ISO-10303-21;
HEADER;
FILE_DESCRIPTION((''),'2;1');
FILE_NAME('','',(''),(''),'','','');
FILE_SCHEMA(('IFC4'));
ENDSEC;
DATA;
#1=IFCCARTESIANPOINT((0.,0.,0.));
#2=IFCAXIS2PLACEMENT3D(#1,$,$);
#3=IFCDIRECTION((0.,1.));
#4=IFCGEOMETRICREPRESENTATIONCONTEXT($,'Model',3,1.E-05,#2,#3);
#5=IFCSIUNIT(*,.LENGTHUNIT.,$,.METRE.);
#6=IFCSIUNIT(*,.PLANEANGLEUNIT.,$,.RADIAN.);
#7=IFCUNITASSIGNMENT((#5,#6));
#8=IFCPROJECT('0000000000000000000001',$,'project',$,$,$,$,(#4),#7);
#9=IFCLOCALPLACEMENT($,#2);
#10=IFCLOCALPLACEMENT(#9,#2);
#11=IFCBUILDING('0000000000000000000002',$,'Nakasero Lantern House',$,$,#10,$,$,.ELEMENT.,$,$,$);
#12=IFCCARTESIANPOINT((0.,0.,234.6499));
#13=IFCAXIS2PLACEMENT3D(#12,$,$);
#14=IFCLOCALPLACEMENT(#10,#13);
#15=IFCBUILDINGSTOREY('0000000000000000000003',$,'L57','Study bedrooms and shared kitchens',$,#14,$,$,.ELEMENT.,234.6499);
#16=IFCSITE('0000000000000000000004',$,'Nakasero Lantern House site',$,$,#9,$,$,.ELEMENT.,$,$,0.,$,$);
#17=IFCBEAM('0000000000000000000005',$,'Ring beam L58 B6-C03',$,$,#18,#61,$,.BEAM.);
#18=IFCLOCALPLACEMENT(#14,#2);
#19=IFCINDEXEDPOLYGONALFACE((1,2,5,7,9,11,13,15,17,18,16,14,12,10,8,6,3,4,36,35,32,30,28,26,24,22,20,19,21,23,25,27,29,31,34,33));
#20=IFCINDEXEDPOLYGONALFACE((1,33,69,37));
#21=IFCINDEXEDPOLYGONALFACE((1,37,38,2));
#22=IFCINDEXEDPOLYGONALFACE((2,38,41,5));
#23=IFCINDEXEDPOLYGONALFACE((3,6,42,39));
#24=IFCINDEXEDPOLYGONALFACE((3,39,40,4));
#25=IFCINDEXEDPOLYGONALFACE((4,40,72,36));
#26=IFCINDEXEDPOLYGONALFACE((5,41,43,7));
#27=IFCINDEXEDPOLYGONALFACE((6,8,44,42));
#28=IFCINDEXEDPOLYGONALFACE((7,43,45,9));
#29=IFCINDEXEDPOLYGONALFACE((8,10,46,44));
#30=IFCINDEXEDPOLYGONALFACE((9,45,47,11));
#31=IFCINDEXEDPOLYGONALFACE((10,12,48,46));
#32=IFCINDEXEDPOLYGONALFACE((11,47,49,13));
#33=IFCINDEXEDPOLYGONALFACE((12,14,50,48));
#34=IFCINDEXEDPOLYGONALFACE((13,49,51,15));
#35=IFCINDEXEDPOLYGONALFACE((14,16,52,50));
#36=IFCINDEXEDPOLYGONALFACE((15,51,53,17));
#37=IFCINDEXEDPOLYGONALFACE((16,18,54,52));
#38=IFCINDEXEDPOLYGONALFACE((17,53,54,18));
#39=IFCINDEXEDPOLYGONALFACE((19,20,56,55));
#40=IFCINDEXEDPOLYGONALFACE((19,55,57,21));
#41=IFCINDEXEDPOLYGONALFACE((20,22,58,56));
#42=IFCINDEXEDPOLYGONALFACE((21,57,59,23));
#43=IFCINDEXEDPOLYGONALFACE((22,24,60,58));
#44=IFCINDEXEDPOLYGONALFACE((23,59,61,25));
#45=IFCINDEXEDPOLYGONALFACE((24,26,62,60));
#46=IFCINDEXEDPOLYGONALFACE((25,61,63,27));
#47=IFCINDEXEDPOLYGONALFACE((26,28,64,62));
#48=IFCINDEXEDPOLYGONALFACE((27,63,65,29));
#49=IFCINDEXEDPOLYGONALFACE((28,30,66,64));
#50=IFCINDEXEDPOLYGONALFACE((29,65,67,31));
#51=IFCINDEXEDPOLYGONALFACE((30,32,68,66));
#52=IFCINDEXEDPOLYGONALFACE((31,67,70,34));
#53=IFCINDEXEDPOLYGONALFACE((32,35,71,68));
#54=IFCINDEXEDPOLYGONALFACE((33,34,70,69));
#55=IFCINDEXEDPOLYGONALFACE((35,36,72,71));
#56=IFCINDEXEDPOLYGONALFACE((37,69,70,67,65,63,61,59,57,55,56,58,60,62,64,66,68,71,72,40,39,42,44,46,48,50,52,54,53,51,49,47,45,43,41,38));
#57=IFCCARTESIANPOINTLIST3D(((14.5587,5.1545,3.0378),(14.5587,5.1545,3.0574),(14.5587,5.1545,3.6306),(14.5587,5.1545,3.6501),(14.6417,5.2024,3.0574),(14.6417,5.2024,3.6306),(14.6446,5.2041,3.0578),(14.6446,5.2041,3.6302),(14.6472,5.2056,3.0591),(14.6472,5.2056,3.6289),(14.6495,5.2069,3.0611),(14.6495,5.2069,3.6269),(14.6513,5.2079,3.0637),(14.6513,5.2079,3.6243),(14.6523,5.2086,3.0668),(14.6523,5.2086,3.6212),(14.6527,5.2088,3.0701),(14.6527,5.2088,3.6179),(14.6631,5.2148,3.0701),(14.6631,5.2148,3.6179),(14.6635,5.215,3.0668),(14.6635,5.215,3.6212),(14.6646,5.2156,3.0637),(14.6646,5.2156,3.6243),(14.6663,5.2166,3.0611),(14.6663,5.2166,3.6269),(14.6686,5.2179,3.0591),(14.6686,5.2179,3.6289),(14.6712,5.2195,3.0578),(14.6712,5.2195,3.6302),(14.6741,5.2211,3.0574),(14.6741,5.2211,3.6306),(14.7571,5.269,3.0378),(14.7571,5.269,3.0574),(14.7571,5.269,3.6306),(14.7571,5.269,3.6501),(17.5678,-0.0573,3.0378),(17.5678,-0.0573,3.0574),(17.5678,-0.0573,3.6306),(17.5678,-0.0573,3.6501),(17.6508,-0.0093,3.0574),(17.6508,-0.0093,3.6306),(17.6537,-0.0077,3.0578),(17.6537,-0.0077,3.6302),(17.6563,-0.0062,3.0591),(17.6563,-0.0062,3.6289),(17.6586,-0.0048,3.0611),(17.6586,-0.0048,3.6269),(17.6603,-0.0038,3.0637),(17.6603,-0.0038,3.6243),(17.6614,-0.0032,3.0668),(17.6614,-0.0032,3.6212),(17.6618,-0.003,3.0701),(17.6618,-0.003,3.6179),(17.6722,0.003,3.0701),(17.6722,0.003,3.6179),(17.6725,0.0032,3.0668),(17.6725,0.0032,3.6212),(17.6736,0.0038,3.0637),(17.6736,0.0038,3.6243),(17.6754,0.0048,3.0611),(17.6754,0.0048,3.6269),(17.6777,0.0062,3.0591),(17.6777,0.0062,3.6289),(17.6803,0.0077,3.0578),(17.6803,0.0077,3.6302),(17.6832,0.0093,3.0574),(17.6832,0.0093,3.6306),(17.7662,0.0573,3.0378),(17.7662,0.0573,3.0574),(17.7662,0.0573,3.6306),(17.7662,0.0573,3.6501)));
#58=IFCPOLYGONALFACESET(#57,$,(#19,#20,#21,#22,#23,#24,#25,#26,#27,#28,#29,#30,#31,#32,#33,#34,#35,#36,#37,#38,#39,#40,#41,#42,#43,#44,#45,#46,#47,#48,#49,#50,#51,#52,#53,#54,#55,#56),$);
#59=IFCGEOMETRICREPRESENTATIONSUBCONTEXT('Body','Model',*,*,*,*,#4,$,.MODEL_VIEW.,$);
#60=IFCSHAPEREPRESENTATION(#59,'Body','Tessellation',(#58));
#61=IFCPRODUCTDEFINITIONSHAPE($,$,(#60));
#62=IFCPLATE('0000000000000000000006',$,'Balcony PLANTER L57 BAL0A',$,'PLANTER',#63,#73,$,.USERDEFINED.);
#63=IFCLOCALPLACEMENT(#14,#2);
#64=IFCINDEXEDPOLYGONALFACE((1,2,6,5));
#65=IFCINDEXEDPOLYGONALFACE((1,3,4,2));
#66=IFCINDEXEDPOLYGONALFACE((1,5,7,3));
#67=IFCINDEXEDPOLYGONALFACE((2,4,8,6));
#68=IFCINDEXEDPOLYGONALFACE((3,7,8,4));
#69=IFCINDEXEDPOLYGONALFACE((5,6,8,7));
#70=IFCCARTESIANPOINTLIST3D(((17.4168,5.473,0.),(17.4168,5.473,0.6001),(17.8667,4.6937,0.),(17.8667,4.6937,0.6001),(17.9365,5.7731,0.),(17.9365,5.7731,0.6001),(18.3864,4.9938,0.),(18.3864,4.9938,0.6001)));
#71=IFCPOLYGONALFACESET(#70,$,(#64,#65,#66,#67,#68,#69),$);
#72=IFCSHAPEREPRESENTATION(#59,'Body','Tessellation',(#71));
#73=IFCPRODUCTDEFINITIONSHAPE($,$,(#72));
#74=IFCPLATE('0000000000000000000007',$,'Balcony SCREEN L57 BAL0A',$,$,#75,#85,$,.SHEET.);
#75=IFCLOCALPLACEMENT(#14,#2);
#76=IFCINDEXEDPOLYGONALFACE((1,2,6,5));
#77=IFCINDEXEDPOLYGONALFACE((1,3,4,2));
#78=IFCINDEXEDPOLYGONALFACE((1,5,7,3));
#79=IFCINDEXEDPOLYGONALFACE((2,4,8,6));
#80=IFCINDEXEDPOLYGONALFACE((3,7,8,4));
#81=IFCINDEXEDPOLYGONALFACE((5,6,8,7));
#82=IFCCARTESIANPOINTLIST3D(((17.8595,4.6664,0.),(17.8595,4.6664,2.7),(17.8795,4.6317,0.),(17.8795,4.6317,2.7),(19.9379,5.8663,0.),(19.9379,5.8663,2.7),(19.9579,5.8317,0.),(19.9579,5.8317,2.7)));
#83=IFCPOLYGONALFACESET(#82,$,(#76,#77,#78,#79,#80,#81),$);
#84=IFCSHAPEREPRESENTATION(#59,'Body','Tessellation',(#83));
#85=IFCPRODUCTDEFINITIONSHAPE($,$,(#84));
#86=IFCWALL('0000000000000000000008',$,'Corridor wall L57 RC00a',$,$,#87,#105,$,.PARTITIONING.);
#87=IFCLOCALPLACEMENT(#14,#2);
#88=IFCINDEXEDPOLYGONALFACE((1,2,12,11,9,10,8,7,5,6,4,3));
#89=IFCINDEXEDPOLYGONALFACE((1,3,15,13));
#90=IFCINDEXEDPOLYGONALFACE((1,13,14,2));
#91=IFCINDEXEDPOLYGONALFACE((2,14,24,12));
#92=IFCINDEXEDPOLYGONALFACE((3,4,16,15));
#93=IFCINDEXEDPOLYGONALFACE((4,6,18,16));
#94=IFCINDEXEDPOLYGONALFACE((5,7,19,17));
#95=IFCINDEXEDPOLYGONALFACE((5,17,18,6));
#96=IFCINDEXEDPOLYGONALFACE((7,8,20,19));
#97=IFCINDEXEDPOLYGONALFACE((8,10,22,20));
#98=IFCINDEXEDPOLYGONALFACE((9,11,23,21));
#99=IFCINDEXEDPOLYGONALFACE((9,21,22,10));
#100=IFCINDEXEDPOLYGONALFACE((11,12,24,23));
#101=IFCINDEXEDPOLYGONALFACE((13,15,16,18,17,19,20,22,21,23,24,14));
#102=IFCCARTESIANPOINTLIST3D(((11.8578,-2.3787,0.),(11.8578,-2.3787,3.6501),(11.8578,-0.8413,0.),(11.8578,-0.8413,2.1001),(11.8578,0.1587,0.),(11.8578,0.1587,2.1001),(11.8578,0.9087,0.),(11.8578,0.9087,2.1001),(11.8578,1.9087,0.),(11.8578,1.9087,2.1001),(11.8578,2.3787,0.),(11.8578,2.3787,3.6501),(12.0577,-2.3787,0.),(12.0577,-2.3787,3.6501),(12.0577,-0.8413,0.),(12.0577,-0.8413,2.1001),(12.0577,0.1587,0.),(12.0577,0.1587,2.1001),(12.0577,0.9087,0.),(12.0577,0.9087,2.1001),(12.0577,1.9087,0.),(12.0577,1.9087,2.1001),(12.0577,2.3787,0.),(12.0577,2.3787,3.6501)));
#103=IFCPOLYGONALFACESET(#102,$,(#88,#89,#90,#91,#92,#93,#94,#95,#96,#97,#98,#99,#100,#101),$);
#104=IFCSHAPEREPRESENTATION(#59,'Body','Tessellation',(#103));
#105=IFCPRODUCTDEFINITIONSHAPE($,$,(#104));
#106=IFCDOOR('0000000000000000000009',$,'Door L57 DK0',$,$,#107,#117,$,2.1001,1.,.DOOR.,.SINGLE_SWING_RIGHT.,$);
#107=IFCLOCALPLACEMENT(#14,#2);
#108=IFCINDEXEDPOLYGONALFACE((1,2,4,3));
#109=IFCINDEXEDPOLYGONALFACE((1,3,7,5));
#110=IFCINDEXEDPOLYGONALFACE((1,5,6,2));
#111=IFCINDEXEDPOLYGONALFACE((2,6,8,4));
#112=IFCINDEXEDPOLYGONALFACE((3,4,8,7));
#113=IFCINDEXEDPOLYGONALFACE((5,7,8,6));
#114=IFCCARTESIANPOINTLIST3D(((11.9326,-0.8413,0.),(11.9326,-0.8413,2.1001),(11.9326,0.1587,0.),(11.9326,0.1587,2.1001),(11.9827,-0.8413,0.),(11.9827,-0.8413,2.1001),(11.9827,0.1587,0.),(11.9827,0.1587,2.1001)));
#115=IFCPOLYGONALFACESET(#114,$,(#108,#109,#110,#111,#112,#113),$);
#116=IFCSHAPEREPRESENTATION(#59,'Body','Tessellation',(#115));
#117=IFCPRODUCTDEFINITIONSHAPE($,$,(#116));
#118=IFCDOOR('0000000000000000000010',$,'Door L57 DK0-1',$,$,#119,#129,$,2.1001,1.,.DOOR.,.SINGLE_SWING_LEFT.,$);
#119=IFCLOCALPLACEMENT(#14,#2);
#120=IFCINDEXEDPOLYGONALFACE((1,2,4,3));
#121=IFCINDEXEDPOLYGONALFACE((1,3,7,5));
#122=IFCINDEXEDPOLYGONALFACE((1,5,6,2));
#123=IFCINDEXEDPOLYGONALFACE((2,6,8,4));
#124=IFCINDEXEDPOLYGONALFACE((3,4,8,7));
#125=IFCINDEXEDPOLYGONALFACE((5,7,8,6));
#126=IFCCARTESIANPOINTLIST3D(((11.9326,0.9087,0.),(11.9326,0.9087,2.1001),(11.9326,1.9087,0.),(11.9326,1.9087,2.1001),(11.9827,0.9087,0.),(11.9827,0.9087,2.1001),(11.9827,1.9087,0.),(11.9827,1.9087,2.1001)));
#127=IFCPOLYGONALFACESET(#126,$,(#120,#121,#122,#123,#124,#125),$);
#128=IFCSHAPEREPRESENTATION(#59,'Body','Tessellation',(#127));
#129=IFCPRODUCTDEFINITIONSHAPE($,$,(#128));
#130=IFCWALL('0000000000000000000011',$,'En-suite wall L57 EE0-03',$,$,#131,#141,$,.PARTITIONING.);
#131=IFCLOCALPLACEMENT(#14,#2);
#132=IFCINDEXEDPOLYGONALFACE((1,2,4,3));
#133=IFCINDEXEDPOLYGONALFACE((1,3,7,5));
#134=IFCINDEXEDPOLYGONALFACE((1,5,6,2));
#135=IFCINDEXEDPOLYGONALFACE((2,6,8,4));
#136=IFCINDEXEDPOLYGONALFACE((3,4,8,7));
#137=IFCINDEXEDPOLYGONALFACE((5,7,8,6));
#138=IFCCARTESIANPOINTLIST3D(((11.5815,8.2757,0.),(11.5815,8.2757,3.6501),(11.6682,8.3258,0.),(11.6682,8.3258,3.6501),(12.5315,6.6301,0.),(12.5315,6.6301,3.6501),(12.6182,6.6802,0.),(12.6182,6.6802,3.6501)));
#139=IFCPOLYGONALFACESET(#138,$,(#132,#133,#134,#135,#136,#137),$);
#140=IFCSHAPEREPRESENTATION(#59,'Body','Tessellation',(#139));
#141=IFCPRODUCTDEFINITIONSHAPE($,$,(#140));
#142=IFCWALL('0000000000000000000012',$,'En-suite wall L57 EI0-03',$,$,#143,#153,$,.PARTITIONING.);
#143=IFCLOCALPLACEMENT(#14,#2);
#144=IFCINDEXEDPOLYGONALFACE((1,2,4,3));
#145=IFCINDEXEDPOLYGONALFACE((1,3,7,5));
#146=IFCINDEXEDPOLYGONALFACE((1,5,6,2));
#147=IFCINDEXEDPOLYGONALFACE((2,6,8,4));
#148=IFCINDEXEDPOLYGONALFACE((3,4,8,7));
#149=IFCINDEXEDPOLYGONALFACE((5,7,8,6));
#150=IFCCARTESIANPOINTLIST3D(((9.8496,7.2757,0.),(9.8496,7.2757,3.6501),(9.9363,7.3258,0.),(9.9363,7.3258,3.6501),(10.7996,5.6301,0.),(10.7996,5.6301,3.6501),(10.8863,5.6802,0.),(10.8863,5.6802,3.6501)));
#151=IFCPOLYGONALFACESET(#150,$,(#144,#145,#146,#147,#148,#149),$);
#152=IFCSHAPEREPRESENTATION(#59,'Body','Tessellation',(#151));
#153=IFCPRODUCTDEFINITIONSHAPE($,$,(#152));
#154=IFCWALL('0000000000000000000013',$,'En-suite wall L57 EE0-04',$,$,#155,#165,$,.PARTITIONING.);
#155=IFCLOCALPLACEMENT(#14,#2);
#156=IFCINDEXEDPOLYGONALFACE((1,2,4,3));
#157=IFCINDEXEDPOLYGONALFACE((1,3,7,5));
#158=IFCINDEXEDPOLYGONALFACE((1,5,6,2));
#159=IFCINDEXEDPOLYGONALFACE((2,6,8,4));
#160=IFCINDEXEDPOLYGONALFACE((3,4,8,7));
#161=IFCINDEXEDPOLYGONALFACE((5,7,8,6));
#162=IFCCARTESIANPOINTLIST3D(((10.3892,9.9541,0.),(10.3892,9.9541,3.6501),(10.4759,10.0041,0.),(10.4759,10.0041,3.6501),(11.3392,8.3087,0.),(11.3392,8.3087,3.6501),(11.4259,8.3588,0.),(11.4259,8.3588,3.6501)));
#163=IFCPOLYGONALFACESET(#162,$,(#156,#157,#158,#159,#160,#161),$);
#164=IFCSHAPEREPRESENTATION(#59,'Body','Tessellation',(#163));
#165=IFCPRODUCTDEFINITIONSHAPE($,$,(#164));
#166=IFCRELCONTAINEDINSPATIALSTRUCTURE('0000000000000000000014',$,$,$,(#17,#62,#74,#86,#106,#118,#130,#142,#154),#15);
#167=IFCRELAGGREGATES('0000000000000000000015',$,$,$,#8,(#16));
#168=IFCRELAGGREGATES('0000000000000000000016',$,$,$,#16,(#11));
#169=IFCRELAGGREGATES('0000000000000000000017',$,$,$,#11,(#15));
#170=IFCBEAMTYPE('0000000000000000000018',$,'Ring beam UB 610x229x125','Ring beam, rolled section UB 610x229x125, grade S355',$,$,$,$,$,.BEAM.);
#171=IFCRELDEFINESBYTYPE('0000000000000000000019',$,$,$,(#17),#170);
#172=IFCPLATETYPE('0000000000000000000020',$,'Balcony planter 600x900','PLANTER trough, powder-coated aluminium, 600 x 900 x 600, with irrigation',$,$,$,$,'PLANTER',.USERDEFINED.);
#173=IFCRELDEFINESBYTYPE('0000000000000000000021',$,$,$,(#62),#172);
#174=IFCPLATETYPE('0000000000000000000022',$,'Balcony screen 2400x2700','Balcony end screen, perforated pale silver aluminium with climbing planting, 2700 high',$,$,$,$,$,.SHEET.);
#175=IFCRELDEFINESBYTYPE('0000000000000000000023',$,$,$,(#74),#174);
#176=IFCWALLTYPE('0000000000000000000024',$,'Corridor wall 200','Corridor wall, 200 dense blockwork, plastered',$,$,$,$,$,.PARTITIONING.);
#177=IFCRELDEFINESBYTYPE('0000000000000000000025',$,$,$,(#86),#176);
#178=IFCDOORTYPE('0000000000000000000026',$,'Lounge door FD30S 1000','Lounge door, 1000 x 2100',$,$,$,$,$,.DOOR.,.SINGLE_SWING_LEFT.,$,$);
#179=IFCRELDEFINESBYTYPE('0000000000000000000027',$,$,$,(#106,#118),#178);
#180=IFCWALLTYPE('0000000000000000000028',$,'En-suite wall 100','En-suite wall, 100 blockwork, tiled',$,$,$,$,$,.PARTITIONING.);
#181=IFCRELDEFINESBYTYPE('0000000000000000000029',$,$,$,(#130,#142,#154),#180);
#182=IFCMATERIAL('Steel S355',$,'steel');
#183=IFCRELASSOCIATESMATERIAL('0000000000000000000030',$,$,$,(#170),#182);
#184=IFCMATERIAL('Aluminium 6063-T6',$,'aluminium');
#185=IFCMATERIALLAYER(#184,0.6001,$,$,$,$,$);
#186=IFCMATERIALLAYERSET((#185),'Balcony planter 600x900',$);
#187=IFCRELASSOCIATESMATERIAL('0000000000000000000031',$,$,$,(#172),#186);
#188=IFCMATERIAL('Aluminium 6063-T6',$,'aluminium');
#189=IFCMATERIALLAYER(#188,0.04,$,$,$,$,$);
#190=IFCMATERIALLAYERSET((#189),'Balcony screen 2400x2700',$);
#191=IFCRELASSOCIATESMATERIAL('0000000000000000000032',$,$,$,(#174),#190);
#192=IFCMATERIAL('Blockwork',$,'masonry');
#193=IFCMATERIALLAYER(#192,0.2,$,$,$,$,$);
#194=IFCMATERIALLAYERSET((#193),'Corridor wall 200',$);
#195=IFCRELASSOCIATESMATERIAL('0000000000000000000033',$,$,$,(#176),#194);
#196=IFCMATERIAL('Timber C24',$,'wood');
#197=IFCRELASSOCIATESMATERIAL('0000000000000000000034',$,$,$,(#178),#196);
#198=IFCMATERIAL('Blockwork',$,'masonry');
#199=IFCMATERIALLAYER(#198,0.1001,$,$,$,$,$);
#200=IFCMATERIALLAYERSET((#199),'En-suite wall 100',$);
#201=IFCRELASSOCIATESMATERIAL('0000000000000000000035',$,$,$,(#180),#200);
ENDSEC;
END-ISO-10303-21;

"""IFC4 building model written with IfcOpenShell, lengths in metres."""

from ifc_helpers import new_model, si_unit, direction, frame, frame_2d, origin, origin_2d, place, context, subcontext, project, spatial, rectangle, i_section, extrude, material, layer, layer_set, material_profile, profile_set, type_object, element, fill, save


model = new_model("IFC4")

# Units and contexts
model_context = context("Model", 3, precision=1e-05, world=origin(), true_north=direction((0.0, 1.0)))
body_context = subcontext(model_context, "Body", "Model", "MODEL_VIEW")
ifc_project = project(units=[si_unit("LENGTHUNIT", "METRE"), si_unit("PLANEANGLEUNIT", "RADIAN")], contexts=[model_context])

# Site, building, storey
site_placement = place(None, origin())
site = spatial("IfcSite", under=ifc_project, at=site_placement, Name="Nakasero Lantern House site", CompositionType="ELEMENT", RefElevation=0.0)
building_placement = place(site_placement, origin())
building = spatial("IfcBuilding", under=site, at=building_placement, Name="Nakasero Lantern House", CompositionType="ELEMENT")
storey_placement = place(building_placement, frame((0.0, 0.0, 234.6499)))
storey = spatial("IfcBuildingStorey", under=building, at=storey_placement, Name="L57", Description="Study bedrooms and shared kitchens", CompositionType="ELEMENT", Elevation=234.6499)

# Beam
ifc_material_1 = material(Name="Steel S355", Category="steel")
ifc_material_profile_1 = material_profile(ifc_material_1, i_section(OverallWidth=0.229, OverallDepth=0.6123, WebThickness=0.012, FlangeThickness=0.0195, FilletRadius=0.0127, at=origin_2d()), Name="UB 610x229x125")
ifc_profile_set_1 = profile_set([ifc_material_profile_1], Name="Steel S355")
beam_type_1 = type_object("IfcBeamType", Name="Ring beam UB 610x229x125", Description="Ring beam, rolled section UB 610x229x125, grade S355", PredefinedType="BEAM", material=ifc_profile_set_1)
beam_1_placement = place(storey_placement, frame((17.667, 0.0, 3.344), z_axis=(-0.500009, 0.86602, 0.0), x_axis=(-0.86602, -0.500009, 0.0)))
element("IfcBeam", 1, at=beam_1_placement, inside=storey, type_object=beam_type_1, Name="Ring beam L58 B6-C03", PredefinedType="BEAM", context=body_context, shape_type="SweptSolid", body=[
    extrude(i_section(OverallWidth=0.229, OverallDepth=0.6123, WebThickness=0.012, FlangeThickness=0.0195, FilletRadius=0.0127, at=origin_2d()), origin(), (0.0, 0.0, 1.0), 6.0181),
])

# Plates
ifc_material_2 = material(Name="Aluminium 6063-T6", Category="aluminium")
ifc_layer_1 = layer(ifc_material_2, 0.6001)
ifc_layer_set_1 = layer_set([ifc_layer_1], Name="Balcony planter 600x900")
plate_type_1 = type_object("IfcPlateType", Name="Balcony planter 600x900", Description="PLANTER trough, powder-coated aluminium, 600 x 900 x 600, with irrigation", ElementType="PLANTER", PredefinedType="USERDEFINED", material=ifc_layer_set_1)
plate_1_placement = place(storey_placement, frame((17.9016, 5.2334, 0.0), z_axis=(0.0, 0.0, 1.0), x_axis=(0.866025, 0.5, 0.0)))
element("IfcPlate", 2, at=plate_1_placement, inside=storey, type_object=plate_type_1, Name="Balcony PLANTER L57 BAL0A", ObjectType="PLANTER", PredefinedType="USERDEFINED", context=body_context, shape_type="SweptSolid", body=[
    extrude(rectangle(XDim=0.6001, YDim=0.8999, at=origin_2d()), origin(), (0.0, 0.0, 1.0), 0.6001),
])
ifc_material_3 = material(Name="Aluminium 6063-T6", Category="aluminium")
ifc_layer_2 = layer(ifc_material_3, 0.04)
ifc_layer_set_2 = layer_set([ifc_layer_2], Name="Balcony screen 2400x2700")
plate_type_2 = type_object("IfcPlateType", Name="Balcony screen 2400x2700", Description="Balcony end screen, perforated pale silver aluminium with climbing planting, 2700 high", PredefinedType="SHEET", material=ifc_layer_set_2)
plate_2_placement = place(storey_placement, frame((18.9087, 5.249, 0.0), z_axis=(0.0, 0.0, 1.0), x_axis=(0.866025, 0.5, 0.0)))
element("IfcPlate", 3, at=plate_2_placement, inside=storey, type_object=plate_type_2, Name="Balcony SCREEN L57 BAL0A", PredefinedType="SHEET", context=body_context, shape_type="SweptSolid", body=[
    extrude(rectangle(XDim=2.3999, YDim=0.04, at=origin_2d()), origin(), (0.0, 0.0, 1.0), 2.7),
])

# Wall, openings, doors
ifc_material_4 = material(Name="Blockwork", Category="masonry")
ifc_layer_3 = layer(ifc_material_4, 0.2)
ifc_layer_set_3 = layer_set([ifc_layer_3], Name="Corridor wall 200")
wall_type_1 = type_object("IfcWallType", Name="Corridor wall 200", Description="Corridor wall, 200 dense blockwork, plastered", PredefinedType="PARTITIONING", material=ifc_layer_set_3)
wall_1_placement = place(storey_placement, frame((11.9578, 2.3787, 0.0), z_axis=(0.0, 0.0, 1.0), x_axis=(0.0, -1.0, 0.0)))
wall_1 = element("IfcWall", 4, at=wall_1_placement, inside=storey, type_object=wall_type_1, Name="Corridor wall L57 RC00a", PredefinedType="PARTITIONING", context=body_context, shape_type="SweptSolid", body=[
    extrude(rectangle(XDim=4.7573, YDim=0.2, at=frame_2d((2.3787, 0.0))), origin(), (0.0, 0.0, 1.0), 3.6501),
])
opening_1_placement = place(wall_1_placement, frame((2.22, 0.0, 0.0)))
opening_1 = element("IfcOpeningElement", 5, at=opening_1_placement, cuts=wall_1, PredefinedType="OPENING", context=body_context, shape_type="SweptSolid", body=[
    extrude(rectangle(XDim=1.0, YDim=2.1001, at=frame_2d((0.5, 1.05))), frame((0.0, 0.1199, 0.0), z_axis=(0.0, -1.0, 0.0), x_axis=(1.0, 0.0, 0.0)), (0.0, 0.0, 1.0), 0.24),
])
opening_2_placement = place(wall_1_placement, frame((0.47, 0.0, 0.0)))
opening_2 = element("IfcOpeningElement", 6, at=opening_2_placement, cuts=wall_1, PredefinedType="OPENING", context=body_context, shape_type="SweptSolid", body=[
    extrude(rectangle(XDim=1.0, YDim=2.1001, at=frame_2d((0.5, 1.05))), frame((0.0, 0.1199, 0.0), z_axis=(0.0, -1.0, 0.0), x_axis=(1.0, 0.0, 0.0)), (0.0, 0.0, 1.0), 0.24),
])
ifc_material_5 = material(Name="Timber C24", Category="wood")
door_type_1 = type_object("IfcDoorType", Name="Lounge door FD30S 1000", Description="Lounge door, 1000 x 2100", OperationType="SINGLE_SWING_LEFT", PredefinedType="DOOR", material=ifc_material_5)
door_1_placement = place(opening_1_placement, origin())
door_1 = element("IfcDoor", 7, at=door_1_placement, inside=storey, type_object=door_type_1, Name="Door L57 DK0", OperationType="SINGLE_SWING_RIGHT", OverallHeight=2.1001, OverallWidth=1.0, PredefinedType="DOOR", context=body_context, shape_type="SweptSolid", body=[
    extrude(rectangle(XDim=1.0, YDim=2.1001, at=frame_2d((0.5, 1.05))), frame((0.0, 0.0249, 0.0), z_axis=(0.0, -1.0, 0.0), x_axis=(1.0, 0.0, 0.0)), (0.0, 0.0, 1.0), 0.05),
])
fill(opening_1, door_1)
door_2_placement = place(opening_2_placement, origin())
door_2 = element("IfcDoor", 8, at=door_2_placement, inside=storey, type_object=door_type_1, Name="Door L57 DK0-1", OperationType="SINGLE_SWING_LEFT", OverallHeight=2.1001, OverallWidth=1.0, PredefinedType="DOOR", context=body_context, shape_type="SweptSolid", body=[
    extrude(rectangle(XDim=1.0, YDim=2.1001, at=frame_2d((0.5, 1.05))), frame((0.0, 0.0249, 0.0), z_axis=(0.0, -1.0, 0.0), x_axis=(1.0, 0.0, 0.0)), (0.0, 0.0, 1.0), 0.05),
])
fill(opening_2, door_2)

# Walls
ifc_material_6 = material(Name="Blockwork", Category="masonry")
ifc_layer_4 = layer(ifc_material_6, 0.1001)
ifc_layer_set_4 = layer_set([ifc_layer_4], Name="En-suite wall 100")
wall_type_2 = type_object("IfcWallType", Name="En-suite wall 100", Description="En-suite wall, 100 blockwork, tiled", PredefinedType="PARTITIONING", material=ifc_layer_set_4)
for number, where, z_axis, x_axis, name in (
    (9, (12.575, 6.655, 0.0), (0.0, 0.0, 1.0), (-0.499967, 0.866044, 0.0), "En-suite wall L57 EE0-03"),
    (10, (10.843, 5.655, 0.0), (0.0, 0.0, 1.0), (-0.499967, 0.866044, 0.0), "En-suite wall L57 EI0-03"),
):
    element("IfcWall", number, at=place(storey_placement, frame(where, z_axis=z_axis, x_axis=x_axis)), inside=storey, type_object=wall_type_2, Name=name, PredefinedType="PARTITIONING", context=body_context, shape_type="SweptSolid", body=[
        extrude(rectangle(XDim=1.9001, YDim=0.1001, at=frame_2d((0.9502, 0.0))), origin(), (0.0, 0.0, 1.0), 3.6501),
    ])
wall_2_placement = place(storey_placement, frame((11.3826, 8.3337, 0.0), z_axis=(0.0, 0.0, 1.0), x_axis=(-0.500023, 0.866012, 0.0)))
element("IfcWall", 11, at=wall_2_placement, inside=storey, type_object=wall_type_2, Name="En-suite wall L57 EE0-04", PredefinedType="PARTITIONING", context=body_context, shape_type="SweptSolid", body=[
    extrude(rectangle(XDim=1.8999, YDim=0.1001, at=frame_2d((0.95, 0.0))), origin(), (0.0, 0.0, 1.0), 3.6501),
])

save(model, "model.ifc")
